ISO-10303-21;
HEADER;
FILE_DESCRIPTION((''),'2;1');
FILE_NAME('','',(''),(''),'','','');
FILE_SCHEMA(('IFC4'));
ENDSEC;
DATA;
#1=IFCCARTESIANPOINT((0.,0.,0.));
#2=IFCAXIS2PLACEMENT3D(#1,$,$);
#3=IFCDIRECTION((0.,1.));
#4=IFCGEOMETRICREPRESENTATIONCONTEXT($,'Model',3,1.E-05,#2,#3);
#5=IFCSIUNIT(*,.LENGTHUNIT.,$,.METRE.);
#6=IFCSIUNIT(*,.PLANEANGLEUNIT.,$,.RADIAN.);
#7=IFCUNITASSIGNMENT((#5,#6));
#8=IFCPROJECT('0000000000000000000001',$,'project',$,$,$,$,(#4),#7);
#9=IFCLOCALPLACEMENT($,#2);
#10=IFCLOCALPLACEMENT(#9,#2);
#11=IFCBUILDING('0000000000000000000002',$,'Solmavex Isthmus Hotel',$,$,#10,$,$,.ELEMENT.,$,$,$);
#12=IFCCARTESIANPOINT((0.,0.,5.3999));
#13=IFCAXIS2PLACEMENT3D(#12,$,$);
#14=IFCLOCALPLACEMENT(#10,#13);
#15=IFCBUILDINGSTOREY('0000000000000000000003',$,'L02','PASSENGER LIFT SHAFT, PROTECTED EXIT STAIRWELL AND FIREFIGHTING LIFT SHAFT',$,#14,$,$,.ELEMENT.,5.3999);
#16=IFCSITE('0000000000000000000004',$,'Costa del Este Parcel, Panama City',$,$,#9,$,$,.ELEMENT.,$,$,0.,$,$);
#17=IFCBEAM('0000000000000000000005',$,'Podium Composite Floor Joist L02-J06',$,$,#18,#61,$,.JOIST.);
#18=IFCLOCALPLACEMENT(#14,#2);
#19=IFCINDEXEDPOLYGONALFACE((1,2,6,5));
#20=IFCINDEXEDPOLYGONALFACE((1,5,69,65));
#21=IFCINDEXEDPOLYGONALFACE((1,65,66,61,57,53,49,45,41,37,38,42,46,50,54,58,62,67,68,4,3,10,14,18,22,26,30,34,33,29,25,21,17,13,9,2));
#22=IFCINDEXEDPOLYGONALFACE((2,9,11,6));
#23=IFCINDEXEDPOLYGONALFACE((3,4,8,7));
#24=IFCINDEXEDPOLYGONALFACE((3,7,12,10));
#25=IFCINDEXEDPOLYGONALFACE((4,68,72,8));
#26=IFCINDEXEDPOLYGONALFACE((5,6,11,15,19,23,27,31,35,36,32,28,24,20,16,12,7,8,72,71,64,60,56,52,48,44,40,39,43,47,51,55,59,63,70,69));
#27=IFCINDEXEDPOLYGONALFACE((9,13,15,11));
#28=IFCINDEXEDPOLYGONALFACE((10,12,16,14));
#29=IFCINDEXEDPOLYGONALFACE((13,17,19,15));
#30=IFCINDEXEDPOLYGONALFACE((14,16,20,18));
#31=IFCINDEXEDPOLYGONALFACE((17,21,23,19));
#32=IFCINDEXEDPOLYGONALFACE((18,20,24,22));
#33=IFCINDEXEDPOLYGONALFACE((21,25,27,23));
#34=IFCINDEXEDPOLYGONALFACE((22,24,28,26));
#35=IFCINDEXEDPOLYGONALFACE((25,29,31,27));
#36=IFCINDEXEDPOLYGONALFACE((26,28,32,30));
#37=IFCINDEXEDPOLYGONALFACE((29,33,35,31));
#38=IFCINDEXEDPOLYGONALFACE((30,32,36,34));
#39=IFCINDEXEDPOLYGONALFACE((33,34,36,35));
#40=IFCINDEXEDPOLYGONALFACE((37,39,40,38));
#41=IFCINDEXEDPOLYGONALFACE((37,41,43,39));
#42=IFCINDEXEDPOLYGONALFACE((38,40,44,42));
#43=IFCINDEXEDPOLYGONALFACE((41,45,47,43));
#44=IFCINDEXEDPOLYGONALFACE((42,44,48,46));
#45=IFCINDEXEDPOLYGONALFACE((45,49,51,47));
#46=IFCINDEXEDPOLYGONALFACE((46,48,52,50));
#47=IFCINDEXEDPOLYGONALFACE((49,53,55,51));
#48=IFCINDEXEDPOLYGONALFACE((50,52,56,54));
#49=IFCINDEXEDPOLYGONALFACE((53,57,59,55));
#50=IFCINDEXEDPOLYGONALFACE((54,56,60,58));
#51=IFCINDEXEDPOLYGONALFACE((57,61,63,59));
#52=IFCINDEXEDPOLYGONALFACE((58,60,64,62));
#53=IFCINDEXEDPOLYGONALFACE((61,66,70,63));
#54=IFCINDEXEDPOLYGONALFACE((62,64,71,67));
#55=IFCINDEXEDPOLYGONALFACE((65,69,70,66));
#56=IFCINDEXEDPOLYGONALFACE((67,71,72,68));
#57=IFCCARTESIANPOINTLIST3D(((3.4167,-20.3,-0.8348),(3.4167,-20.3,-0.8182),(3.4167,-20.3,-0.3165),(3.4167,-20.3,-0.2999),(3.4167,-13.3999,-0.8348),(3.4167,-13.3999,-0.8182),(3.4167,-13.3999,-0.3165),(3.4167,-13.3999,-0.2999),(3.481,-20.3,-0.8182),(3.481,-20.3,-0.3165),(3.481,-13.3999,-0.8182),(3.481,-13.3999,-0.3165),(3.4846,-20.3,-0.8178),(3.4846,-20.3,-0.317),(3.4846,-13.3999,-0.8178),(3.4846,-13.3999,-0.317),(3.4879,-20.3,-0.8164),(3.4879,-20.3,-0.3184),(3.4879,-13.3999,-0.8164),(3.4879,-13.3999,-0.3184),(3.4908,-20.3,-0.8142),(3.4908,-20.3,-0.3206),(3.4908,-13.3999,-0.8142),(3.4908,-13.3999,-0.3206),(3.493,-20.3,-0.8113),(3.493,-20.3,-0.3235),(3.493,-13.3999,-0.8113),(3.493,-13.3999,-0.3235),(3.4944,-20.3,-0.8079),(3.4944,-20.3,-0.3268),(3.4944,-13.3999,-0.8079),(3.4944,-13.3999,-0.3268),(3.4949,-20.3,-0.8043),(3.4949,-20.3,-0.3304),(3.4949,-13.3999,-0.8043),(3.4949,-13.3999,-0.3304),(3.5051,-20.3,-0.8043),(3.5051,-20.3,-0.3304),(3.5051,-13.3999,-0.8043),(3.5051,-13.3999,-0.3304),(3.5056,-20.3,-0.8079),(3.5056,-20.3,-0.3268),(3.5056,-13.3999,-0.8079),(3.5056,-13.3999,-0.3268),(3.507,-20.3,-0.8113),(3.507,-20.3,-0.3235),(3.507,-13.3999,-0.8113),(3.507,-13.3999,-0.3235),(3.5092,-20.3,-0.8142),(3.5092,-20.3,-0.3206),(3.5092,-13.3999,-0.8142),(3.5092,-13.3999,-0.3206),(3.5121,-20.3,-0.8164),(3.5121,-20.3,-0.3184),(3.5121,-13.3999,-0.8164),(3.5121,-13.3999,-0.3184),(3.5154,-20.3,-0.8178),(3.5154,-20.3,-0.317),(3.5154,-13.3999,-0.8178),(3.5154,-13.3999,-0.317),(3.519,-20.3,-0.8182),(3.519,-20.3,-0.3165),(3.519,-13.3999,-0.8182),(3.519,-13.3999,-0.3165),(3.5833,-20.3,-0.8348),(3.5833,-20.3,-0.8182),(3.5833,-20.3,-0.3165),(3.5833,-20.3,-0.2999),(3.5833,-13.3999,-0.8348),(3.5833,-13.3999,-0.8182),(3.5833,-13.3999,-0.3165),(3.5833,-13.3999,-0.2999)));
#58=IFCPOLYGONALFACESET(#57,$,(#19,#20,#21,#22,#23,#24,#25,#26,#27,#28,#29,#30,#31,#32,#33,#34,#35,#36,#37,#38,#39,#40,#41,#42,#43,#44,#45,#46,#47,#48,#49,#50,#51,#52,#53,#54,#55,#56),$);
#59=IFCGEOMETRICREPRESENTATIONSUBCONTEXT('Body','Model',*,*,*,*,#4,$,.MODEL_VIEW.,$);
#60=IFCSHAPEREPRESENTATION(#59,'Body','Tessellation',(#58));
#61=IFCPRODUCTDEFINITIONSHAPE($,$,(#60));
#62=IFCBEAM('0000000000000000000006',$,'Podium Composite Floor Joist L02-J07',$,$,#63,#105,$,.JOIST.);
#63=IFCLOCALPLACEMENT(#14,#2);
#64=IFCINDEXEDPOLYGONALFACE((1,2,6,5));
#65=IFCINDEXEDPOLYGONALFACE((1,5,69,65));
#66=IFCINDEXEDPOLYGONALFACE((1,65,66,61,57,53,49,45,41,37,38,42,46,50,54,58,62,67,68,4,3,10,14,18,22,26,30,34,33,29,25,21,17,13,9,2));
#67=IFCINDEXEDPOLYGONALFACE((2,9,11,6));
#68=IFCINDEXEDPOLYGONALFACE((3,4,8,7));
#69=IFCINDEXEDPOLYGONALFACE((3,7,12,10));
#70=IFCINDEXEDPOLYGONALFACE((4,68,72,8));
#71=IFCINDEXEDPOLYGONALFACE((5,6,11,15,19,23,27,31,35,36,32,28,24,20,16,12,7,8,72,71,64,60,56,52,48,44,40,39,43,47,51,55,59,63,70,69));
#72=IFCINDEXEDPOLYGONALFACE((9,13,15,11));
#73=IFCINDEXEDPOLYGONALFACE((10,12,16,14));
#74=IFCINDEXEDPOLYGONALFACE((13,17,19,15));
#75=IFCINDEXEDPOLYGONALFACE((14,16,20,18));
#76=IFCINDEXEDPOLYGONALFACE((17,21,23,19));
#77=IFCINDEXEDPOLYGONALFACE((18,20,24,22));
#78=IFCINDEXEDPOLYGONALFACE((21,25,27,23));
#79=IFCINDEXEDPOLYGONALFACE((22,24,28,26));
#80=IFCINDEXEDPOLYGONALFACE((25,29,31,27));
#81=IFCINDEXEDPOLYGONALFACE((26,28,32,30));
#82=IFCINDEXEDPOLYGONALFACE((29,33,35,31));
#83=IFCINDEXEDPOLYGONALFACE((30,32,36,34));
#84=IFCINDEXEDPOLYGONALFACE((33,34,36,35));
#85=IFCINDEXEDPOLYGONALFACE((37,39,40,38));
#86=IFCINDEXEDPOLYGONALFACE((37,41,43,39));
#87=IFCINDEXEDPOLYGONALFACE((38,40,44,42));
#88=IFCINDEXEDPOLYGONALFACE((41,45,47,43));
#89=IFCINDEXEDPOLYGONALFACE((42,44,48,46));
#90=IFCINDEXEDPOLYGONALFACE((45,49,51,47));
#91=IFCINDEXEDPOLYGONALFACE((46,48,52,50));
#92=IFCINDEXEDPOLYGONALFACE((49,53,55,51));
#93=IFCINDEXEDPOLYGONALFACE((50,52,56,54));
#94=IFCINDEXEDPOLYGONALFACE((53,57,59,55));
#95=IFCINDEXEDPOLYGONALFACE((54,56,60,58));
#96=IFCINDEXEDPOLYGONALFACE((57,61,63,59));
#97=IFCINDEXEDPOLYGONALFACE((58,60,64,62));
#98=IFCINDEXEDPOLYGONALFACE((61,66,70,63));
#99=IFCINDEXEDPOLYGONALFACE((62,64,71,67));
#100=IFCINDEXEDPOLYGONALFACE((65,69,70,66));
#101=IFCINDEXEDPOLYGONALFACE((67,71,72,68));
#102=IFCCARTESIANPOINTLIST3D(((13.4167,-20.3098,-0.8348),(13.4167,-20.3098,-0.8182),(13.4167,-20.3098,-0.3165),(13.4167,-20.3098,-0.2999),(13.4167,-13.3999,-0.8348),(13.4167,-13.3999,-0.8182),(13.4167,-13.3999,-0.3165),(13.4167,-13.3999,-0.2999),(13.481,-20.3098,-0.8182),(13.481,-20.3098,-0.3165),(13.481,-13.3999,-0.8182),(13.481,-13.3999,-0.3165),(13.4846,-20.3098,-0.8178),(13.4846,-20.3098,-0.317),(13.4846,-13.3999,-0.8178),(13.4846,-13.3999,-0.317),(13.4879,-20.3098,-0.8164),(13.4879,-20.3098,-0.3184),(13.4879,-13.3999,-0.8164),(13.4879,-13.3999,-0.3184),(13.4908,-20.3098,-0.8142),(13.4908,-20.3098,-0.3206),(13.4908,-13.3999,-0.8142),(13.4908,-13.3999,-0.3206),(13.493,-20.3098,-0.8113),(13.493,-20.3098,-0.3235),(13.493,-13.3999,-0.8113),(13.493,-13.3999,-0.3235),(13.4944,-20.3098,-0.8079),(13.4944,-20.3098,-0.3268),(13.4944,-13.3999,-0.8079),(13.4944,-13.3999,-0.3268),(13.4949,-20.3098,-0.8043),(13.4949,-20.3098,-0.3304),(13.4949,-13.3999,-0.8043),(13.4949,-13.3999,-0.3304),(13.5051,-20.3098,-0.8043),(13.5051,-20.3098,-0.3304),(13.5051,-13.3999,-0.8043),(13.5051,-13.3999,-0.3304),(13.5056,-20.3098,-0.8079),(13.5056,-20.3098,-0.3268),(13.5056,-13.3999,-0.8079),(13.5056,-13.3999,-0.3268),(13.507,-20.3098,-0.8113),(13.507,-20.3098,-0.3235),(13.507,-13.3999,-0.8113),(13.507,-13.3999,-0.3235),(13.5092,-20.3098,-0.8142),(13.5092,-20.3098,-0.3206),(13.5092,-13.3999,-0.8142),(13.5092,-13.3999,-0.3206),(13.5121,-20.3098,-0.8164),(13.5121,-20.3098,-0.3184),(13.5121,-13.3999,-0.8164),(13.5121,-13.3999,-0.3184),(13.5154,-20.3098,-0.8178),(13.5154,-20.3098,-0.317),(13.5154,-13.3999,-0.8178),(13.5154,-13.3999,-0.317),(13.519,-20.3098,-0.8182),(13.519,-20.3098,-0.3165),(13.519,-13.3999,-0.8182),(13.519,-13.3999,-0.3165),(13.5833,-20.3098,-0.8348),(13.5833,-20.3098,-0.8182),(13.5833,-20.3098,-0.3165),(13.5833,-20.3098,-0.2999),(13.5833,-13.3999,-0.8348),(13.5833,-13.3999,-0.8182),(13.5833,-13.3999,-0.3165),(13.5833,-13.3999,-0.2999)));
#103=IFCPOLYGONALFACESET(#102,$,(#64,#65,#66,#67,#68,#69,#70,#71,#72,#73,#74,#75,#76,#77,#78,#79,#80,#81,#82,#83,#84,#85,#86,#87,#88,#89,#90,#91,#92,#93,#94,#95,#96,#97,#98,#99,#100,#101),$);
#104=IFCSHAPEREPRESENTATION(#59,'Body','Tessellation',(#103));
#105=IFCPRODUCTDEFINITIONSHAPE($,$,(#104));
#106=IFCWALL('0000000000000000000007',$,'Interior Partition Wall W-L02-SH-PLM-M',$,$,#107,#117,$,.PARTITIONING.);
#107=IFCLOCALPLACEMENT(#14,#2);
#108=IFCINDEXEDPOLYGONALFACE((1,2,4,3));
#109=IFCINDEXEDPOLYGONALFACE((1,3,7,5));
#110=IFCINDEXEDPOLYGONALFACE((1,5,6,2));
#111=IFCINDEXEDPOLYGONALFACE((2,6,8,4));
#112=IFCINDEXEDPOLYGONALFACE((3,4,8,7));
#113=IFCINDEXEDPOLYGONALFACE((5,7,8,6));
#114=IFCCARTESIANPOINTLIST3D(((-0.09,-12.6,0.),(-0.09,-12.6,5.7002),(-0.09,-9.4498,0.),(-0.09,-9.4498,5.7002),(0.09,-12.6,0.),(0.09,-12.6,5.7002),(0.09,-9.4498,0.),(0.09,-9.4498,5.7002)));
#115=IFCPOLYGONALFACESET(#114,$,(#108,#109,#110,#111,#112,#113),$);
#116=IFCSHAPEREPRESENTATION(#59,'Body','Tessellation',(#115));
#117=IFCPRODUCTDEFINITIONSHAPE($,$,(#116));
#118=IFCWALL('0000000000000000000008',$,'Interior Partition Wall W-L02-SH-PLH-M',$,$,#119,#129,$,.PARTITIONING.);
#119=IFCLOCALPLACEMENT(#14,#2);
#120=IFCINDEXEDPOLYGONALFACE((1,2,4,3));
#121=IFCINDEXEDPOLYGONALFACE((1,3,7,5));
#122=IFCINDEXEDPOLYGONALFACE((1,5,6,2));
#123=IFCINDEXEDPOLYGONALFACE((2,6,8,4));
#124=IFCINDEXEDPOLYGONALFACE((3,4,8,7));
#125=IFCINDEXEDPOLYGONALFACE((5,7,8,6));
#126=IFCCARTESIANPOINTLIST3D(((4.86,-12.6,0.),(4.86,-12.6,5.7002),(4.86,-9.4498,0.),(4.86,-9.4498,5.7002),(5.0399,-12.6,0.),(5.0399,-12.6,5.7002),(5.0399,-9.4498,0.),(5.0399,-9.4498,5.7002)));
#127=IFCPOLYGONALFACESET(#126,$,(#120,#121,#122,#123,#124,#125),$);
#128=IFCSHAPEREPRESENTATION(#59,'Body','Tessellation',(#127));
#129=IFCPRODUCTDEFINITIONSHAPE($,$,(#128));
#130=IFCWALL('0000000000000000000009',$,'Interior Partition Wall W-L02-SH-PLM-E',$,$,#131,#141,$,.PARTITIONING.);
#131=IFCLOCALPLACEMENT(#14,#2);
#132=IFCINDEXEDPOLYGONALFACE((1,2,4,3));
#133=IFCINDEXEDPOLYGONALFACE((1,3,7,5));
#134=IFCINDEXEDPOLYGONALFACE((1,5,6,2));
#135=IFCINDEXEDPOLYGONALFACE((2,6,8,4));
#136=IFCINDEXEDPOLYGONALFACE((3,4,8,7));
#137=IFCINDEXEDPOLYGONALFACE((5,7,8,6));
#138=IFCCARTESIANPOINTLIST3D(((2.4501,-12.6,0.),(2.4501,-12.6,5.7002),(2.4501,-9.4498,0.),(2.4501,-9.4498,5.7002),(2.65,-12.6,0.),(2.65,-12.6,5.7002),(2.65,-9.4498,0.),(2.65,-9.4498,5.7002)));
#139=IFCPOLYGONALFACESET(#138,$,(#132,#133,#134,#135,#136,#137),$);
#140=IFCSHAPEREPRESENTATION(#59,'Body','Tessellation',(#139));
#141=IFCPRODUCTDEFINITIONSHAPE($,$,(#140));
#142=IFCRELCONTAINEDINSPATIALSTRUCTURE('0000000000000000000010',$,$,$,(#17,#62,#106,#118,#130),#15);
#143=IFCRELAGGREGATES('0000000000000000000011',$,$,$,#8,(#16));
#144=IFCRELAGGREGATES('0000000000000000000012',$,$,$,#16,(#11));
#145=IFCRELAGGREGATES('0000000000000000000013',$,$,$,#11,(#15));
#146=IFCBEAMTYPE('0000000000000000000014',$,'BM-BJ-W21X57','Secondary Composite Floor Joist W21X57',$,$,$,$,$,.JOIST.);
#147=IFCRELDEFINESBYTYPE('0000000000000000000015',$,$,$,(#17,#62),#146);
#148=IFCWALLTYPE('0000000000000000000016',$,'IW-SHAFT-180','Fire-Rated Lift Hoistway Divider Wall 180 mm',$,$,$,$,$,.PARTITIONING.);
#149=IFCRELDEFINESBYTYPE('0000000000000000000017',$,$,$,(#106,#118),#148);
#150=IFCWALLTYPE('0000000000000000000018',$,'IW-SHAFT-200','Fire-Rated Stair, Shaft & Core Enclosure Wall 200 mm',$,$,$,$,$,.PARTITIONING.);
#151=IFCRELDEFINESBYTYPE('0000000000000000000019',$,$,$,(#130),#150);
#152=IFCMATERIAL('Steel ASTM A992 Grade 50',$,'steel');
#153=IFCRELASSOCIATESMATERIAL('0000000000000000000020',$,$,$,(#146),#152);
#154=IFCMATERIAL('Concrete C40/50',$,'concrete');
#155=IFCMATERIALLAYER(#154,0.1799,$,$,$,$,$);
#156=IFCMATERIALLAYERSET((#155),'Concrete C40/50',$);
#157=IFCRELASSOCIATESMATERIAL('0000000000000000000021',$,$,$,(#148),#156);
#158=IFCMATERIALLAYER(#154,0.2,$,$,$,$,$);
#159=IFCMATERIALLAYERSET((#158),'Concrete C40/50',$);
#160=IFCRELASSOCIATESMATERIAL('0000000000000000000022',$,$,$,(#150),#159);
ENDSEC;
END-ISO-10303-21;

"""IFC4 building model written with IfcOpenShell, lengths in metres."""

from ifc_helpers import new_model, si_unit, direction, frame, frame_2d, origin, origin_2d, place, context, subcontext, project, spatial, rectangle, i_section, extrude, material, layer, layer_set, material_profile, profile_set, type_object, element, save


model = new_model("IFC4")

# Units and contexts
model_context = context("Model", 3, precision=1e-05, world=origin(), true_north=direction((0.0, 1.0)))
body_context = subcontext(model_context, "Body", "Model", "MODEL_VIEW")
ifc_project = project(units=[si_unit("LENGTHUNIT", "METRE"), si_unit("PLANEANGLEUNIT", "RADIAN")], contexts=[model_context])

# Site, building, storey
site_placement = place(None, origin())
site = spatial("IfcSite", under=ifc_project, at=site_placement, Name="Costa del Este Parcel, Panama City", CompositionType="ELEMENT", RefElevation=0.0)
building_placement = place(site_placement, origin())
building = spatial("IfcBuilding", under=site, at=building_placement, Name="Solmavex Isthmus Hotel", CompositionType="ELEMENT")
storey_placement = place(building_placement, frame((0.0, 0.0, 5.3999)))
storey = spatial("IfcBuildingStorey", under=building, at=storey_placement, Name="L02", Description="PASSENGER LIFT SHAFT, PROTECTED EXIT STAIRWELL AND FIREFIGHTING LIFT SHAFT", CompositionType="ELEMENT", Elevation=5.3999)

# Beams
ifc_material_1 = material(Name="Steel ASTM A992 Grade 50", Category="steel")
ifc_material_profile_1 = material_profile(ifc_material_1, i_section(OverallWidth=0.1665, OverallDepth=0.5349, WebThickness=0.0103, FlangeThickness=0.0166, FilletRadius=0.0139, at=origin_2d()), Name="W21X57")
ifc_profile_set_1 = profile_set([ifc_material_profile_1], Name="Steel ASTM A992 Grade 50")
beam_type_1 = type_object("IfcBeamType", Name="BM-BJ-W21X57", Description="Secondary Composite Floor Joist W21X57", PredefinedType="JOIST", material=ifc_profile_set_1)
for number, where, z_axis, x_axis, name in (
    (1, (3.5, -20.3, -0.5674), (0.0, 1.0, 0.0), (-1.0, 0.0, 0.0), "Podium Composite Floor Joist L02-J06"),
):
    element("IfcBeam", number, at=place(storey_placement, frame(where, z_axis=z_axis, x_axis=x_axis)), inside=storey, type_object=beam_type_1, Name=name, PredefinedType="JOIST", context=body_context, shape_type="SweptSolid", body=[
        extrude(i_section(OverallWidth=0.1665, OverallDepth=0.5349, WebThickness=0.0103, FlangeThickness=0.0166, FilletRadius=0.0139, at=origin_2d()), origin(), (0.0, 0.0, 1.0), 6.9001),
    ])
beam_1_placement = place(storey_placement, frame((13.5, -20.3098, -0.5674), z_axis=(0.0, 1.0, 0.0), x_axis=(-1.0, 0.0, 0.0)))
element("IfcBeam", 2, at=beam_1_placement, inside=storey, type_object=beam_type_1, Name="Podium Composite Floor Joist L02-J07", PredefinedType="JOIST", context=body_context, shape_type="SweptSolid", body=[
    extrude(i_section(OverallWidth=0.1665, OverallDepth=0.5349, WebThickness=0.0103, FlangeThickness=0.0166, FilletRadius=0.0139, at=origin_2d()), origin(), (0.0, 0.0, 1.0), 6.9099),
])

# Walls
ifc_material_2 = material(Name="Concrete C40/50", Category="concrete")
ifc_layer_1 = layer(ifc_material_2, 0.1799)
ifc_layer_set_1 = layer_set([ifc_layer_1], Name="Concrete C40/50")
wall_type_1 = type_object("IfcWallType", Name="IW-SHAFT-180", Description="Fire-Rated Lift Hoistway Divider Wall 180 mm", PredefinedType="PARTITIONING", material=ifc_layer_set_1)
for number, where, z_axis, x_axis, name in (
    (3, (0.0, -12.6001, 0.0), (0.0, 0.0, 1.0), (0.0, 1.0, 0.0), "Interior Partition Wall W-L02-SH-PLM-M"),
    (4, (4.95, -12.6001, 0.0), (0.0, 0.0, 1.0), (0.0, 1.0, 0.0), "Interior Partition Wall W-L02-SH-PLH-M"),
):
    element("IfcWall", number, at=place(storey_placement, frame(where, z_axis=z_axis, x_axis=x_axis)), inside=storey, type_object=wall_type_1, Name=name, PredefinedType="PARTITIONING", context=body_context, shape_type="SweptSolid", body=[
        extrude(rectangle(XDim=3.1501, YDim=0.1799, at=frame_2d((1.5752, 0.0))), origin(), (0.0, 0.0, 1.0), 5.7002),
    ])
ifc_layer_2 = layer(ifc_material_2, 0.2)
ifc_layer_set_2 = layer_set([ifc_layer_2], Name="Concrete C40/50")
wall_type_2 = type_object("IfcWallType", Name="IW-SHAFT-200", Description="Fire-Rated Stair, Shaft & Core Enclosure Wall 200 mm", PredefinedType="PARTITIONING", material=ifc_layer_set_2)
wall_placement = place(storey_placement, frame((2.55, -12.6001, 0.0), z_axis=(0.0, 0.0, 1.0), x_axis=(0.0, 1.0, 0.0)))
element("IfcWall", 5, at=wall_placement, inside=storey, type_object=wall_type_2, Name="Interior Partition Wall W-L02-SH-PLM-E", PredefinedType="PARTITIONING", context=body_context, shape_type="SweptSolid", body=[
    extrude(rectangle(XDim=3.1501, YDim=0.2, at=frame_2d((1.5752, 0.0))), origin(), (0.0, 0.0, 1.0), 5.7002),
])

save(model, "model.ifc")
